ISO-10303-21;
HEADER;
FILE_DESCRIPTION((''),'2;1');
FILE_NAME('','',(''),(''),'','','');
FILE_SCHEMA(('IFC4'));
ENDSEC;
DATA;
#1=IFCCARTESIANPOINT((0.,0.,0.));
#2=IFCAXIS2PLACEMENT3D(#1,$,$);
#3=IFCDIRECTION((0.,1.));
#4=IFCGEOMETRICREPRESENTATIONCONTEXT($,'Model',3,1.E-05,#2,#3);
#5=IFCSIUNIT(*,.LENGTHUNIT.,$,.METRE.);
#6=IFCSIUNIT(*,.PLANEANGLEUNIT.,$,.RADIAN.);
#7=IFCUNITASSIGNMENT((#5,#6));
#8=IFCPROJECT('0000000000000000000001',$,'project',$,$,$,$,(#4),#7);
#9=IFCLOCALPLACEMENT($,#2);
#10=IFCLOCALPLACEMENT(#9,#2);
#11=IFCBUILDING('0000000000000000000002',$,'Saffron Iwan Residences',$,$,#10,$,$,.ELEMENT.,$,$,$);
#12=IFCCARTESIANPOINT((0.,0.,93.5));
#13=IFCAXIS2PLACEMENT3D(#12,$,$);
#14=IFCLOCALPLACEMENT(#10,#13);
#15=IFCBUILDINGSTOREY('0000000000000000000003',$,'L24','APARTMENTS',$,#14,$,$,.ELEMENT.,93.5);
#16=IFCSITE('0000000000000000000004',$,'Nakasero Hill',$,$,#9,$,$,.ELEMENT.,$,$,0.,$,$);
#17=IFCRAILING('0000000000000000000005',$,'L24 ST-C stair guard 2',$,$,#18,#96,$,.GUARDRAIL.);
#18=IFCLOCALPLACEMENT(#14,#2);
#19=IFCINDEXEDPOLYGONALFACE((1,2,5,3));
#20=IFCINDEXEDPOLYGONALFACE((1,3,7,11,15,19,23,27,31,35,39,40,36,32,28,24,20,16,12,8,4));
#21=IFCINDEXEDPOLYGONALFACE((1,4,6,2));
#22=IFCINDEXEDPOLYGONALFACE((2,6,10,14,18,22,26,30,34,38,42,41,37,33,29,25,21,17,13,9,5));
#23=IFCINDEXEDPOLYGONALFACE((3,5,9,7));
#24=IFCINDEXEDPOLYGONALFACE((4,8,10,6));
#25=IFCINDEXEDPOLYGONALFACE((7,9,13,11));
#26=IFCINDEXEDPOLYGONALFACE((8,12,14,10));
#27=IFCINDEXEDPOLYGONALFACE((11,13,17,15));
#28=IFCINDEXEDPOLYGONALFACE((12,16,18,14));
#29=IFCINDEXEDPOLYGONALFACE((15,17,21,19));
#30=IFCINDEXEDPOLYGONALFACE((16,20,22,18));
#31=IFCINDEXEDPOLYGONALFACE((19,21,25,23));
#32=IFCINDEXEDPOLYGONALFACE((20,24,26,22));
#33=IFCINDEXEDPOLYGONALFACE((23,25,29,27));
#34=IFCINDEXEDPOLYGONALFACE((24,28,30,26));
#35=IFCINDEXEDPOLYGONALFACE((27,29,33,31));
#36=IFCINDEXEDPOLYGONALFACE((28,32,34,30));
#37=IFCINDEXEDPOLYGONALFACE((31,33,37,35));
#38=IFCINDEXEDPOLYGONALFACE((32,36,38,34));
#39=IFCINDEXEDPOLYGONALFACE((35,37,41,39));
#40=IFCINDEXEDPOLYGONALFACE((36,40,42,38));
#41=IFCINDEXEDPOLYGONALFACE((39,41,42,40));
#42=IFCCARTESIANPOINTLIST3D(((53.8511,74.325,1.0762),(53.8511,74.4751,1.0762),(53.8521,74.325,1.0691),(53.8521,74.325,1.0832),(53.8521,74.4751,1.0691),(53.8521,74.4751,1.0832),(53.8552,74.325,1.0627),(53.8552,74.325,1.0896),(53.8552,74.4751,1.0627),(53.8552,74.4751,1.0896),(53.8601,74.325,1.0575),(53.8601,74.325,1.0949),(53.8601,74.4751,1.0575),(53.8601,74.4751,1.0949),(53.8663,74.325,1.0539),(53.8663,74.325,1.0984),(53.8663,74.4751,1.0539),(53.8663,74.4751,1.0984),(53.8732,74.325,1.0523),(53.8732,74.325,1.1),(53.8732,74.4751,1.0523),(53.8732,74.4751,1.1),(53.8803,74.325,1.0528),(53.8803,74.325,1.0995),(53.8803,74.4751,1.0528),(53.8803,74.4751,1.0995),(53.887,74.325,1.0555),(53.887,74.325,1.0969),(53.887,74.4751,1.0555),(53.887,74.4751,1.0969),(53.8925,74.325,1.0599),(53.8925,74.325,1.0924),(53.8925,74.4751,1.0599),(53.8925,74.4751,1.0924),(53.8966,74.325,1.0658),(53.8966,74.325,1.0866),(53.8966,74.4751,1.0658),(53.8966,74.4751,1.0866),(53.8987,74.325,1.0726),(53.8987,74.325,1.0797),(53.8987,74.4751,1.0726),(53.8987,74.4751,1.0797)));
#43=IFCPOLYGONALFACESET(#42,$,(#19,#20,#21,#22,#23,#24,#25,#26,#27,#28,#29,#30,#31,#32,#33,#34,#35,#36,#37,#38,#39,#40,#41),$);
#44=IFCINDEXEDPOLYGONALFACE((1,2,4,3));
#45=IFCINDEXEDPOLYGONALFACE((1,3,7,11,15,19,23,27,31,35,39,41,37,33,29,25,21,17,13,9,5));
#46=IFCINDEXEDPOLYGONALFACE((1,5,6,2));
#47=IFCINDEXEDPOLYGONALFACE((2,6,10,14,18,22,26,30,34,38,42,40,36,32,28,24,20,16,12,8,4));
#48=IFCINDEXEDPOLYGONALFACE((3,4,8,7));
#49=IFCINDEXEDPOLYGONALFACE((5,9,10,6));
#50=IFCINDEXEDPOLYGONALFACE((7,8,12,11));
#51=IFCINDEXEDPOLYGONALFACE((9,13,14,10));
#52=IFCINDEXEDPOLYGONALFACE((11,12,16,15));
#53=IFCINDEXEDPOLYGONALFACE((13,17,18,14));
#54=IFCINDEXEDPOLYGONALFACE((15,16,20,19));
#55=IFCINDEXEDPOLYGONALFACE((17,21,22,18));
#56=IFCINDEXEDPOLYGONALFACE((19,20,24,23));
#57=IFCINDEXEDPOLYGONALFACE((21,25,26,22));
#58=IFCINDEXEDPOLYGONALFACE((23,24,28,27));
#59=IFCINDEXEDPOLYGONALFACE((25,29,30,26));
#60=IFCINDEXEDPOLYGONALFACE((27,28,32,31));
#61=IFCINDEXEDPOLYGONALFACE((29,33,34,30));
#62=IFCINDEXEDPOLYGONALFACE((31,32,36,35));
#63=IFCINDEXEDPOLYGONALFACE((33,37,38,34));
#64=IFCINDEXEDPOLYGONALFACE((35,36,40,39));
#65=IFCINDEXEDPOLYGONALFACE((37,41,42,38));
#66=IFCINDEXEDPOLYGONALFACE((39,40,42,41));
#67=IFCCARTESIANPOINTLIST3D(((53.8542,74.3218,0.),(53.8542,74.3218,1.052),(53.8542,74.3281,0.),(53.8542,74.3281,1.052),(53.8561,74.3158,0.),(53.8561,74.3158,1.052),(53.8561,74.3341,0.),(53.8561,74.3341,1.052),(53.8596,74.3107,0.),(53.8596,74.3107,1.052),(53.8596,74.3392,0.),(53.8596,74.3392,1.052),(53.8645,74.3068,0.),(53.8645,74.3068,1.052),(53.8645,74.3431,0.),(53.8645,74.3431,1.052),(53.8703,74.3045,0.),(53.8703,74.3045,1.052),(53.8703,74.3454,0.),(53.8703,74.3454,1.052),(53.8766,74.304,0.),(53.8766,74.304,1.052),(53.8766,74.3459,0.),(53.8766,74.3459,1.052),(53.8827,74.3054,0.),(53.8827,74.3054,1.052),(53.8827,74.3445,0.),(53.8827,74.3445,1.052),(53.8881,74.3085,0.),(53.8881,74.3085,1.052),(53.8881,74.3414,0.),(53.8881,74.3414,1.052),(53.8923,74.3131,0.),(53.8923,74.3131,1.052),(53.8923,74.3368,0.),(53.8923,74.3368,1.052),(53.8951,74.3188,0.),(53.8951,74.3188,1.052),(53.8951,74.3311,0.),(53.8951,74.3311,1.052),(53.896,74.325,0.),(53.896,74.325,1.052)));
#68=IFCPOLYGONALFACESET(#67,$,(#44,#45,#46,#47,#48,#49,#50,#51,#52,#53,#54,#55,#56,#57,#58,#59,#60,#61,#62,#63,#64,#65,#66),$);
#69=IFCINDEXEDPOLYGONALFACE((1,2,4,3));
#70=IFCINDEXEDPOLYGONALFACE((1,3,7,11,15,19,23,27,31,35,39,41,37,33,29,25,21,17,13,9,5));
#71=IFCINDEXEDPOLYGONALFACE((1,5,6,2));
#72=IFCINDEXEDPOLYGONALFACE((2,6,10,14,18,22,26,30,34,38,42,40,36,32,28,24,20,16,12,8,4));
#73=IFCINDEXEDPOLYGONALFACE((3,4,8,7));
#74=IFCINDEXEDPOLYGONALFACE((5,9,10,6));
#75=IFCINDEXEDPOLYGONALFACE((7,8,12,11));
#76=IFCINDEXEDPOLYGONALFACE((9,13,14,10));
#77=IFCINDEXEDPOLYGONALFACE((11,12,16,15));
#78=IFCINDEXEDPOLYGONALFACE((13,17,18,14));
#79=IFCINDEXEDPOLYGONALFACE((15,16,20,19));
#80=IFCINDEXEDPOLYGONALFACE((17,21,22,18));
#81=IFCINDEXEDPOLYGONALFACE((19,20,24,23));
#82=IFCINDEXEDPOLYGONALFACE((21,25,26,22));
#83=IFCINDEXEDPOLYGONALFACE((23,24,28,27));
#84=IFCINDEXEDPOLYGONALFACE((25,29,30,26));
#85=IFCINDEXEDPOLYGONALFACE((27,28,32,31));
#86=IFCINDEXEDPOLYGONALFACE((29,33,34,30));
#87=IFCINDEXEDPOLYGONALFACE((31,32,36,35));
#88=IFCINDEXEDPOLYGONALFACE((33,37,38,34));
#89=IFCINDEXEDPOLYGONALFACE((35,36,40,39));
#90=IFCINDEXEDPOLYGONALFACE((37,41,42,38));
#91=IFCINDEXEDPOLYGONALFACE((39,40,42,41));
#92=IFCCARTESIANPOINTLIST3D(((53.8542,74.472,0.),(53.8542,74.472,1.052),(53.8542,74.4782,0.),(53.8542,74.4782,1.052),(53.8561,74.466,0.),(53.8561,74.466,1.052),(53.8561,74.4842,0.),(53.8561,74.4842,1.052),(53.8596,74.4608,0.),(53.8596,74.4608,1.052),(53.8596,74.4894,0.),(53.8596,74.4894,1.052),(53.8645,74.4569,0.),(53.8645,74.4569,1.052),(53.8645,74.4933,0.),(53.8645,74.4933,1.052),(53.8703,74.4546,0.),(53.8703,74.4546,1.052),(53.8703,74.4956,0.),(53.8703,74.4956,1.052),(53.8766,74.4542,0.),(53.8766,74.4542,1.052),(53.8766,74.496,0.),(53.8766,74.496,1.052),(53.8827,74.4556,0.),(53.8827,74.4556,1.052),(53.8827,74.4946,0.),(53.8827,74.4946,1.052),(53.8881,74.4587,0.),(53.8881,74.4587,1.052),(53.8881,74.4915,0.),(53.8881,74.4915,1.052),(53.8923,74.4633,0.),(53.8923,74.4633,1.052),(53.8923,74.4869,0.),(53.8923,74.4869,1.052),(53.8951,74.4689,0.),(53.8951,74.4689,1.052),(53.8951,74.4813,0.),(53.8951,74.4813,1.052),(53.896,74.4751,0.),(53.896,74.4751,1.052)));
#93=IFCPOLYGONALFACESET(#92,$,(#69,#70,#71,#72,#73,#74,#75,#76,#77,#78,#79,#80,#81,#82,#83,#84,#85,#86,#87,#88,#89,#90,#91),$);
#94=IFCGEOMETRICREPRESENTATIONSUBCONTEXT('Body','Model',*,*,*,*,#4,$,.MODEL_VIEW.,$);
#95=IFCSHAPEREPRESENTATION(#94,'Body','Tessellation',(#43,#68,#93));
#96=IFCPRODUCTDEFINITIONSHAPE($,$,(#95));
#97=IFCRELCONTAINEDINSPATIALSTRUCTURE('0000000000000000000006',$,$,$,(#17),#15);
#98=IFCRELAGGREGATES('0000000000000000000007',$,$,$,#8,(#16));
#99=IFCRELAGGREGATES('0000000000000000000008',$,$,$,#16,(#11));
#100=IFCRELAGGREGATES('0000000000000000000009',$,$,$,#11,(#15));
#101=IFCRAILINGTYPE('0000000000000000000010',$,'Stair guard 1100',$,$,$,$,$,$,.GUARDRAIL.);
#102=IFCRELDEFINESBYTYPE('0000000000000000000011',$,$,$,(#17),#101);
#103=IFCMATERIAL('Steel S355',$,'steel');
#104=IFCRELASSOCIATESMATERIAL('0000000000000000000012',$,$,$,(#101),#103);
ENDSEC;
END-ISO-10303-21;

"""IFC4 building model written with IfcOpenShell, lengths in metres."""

from ifc_helpers import new_model, si_unit, direction, frame, origin, origin_2d, place, context, subcontext, project, spatial, circle, extrude, material, type_object, element, save


model = new_model("IFC4")

# Units and contexts
model_context = context("Model", 3, precision=1e-05, world=origin(), true_north=direction((0.0, 1.0)))
body_context = subcontext(model_context, "Body", "Model", "MODEL_VIEW")
ifc_project = project(units=[si_unit("LENGTHUNIT", "METRE"), si_unit("PLANEANGLEUNIT", "RADIAN")], contexts=[model_context])

# Site, building, storey
site_placement = place(None, origin())
site = spatial("IfcSite", under=ifc_project, at=site_placement, Name="Nakasero Hill", CompositionType="ELEMENT", RefElevation=0.0)
building_placement = place(site_placement, origin())
building = spatial("IfcBuilding", under=site, at=building_placement, Name="Saffron Iwan Residences", CompositionType="ELEMENT")
storey_placement = place(building_placement, frame((0.0, 0.0, 93.5)))
storey = spatial("IfcBuildingStorey", under=building, at=storey_placement, Name="L24", Description="APARTMENTS", CompositionType="ELEMENT", Elevation=93.5)

# Railing
ifc_material_1 = material(Name="Steel S355", Category="steel")
railing_type_1 = type_object("IfcRailingType", Name="Stair guard 1100", PredefinedType="GUARDRAIL", material=ifc_material_1)
railing_1_placement = place(storey_placement, frame((53.875, 74.325, 0.0)))
element("IfcRailing", 1, at=railing_1_placement, inside=storey, type_object=railing_type_1, Name="L24 ST-C stair guard 2", PredefinedType="GUARDRAIL", context=body_context, shape_type="SweptSolid", body=[
    extrude(circle(Radius=0.0239, at=origin_2d()), frame((0.0, 0.0, 1.0762), z_axis=(0.0, 1.0, 0.0), x_axis=(-1.0, 0.0, 0.0)), (0.0, 0.0, 1.0), 0.1501),
    extrude(circle(Radius=0.021, at=origin_2d()), origin(), (0.0, 0.0, 1.0), 1.052),
    extrude(circle(Radius=0.021, at=origin_2d()), frame((0.0, 0.1501, 0.0)), (0.0, 0.0, 1.0), 1.052),
])

save(model, "model.ifc")
